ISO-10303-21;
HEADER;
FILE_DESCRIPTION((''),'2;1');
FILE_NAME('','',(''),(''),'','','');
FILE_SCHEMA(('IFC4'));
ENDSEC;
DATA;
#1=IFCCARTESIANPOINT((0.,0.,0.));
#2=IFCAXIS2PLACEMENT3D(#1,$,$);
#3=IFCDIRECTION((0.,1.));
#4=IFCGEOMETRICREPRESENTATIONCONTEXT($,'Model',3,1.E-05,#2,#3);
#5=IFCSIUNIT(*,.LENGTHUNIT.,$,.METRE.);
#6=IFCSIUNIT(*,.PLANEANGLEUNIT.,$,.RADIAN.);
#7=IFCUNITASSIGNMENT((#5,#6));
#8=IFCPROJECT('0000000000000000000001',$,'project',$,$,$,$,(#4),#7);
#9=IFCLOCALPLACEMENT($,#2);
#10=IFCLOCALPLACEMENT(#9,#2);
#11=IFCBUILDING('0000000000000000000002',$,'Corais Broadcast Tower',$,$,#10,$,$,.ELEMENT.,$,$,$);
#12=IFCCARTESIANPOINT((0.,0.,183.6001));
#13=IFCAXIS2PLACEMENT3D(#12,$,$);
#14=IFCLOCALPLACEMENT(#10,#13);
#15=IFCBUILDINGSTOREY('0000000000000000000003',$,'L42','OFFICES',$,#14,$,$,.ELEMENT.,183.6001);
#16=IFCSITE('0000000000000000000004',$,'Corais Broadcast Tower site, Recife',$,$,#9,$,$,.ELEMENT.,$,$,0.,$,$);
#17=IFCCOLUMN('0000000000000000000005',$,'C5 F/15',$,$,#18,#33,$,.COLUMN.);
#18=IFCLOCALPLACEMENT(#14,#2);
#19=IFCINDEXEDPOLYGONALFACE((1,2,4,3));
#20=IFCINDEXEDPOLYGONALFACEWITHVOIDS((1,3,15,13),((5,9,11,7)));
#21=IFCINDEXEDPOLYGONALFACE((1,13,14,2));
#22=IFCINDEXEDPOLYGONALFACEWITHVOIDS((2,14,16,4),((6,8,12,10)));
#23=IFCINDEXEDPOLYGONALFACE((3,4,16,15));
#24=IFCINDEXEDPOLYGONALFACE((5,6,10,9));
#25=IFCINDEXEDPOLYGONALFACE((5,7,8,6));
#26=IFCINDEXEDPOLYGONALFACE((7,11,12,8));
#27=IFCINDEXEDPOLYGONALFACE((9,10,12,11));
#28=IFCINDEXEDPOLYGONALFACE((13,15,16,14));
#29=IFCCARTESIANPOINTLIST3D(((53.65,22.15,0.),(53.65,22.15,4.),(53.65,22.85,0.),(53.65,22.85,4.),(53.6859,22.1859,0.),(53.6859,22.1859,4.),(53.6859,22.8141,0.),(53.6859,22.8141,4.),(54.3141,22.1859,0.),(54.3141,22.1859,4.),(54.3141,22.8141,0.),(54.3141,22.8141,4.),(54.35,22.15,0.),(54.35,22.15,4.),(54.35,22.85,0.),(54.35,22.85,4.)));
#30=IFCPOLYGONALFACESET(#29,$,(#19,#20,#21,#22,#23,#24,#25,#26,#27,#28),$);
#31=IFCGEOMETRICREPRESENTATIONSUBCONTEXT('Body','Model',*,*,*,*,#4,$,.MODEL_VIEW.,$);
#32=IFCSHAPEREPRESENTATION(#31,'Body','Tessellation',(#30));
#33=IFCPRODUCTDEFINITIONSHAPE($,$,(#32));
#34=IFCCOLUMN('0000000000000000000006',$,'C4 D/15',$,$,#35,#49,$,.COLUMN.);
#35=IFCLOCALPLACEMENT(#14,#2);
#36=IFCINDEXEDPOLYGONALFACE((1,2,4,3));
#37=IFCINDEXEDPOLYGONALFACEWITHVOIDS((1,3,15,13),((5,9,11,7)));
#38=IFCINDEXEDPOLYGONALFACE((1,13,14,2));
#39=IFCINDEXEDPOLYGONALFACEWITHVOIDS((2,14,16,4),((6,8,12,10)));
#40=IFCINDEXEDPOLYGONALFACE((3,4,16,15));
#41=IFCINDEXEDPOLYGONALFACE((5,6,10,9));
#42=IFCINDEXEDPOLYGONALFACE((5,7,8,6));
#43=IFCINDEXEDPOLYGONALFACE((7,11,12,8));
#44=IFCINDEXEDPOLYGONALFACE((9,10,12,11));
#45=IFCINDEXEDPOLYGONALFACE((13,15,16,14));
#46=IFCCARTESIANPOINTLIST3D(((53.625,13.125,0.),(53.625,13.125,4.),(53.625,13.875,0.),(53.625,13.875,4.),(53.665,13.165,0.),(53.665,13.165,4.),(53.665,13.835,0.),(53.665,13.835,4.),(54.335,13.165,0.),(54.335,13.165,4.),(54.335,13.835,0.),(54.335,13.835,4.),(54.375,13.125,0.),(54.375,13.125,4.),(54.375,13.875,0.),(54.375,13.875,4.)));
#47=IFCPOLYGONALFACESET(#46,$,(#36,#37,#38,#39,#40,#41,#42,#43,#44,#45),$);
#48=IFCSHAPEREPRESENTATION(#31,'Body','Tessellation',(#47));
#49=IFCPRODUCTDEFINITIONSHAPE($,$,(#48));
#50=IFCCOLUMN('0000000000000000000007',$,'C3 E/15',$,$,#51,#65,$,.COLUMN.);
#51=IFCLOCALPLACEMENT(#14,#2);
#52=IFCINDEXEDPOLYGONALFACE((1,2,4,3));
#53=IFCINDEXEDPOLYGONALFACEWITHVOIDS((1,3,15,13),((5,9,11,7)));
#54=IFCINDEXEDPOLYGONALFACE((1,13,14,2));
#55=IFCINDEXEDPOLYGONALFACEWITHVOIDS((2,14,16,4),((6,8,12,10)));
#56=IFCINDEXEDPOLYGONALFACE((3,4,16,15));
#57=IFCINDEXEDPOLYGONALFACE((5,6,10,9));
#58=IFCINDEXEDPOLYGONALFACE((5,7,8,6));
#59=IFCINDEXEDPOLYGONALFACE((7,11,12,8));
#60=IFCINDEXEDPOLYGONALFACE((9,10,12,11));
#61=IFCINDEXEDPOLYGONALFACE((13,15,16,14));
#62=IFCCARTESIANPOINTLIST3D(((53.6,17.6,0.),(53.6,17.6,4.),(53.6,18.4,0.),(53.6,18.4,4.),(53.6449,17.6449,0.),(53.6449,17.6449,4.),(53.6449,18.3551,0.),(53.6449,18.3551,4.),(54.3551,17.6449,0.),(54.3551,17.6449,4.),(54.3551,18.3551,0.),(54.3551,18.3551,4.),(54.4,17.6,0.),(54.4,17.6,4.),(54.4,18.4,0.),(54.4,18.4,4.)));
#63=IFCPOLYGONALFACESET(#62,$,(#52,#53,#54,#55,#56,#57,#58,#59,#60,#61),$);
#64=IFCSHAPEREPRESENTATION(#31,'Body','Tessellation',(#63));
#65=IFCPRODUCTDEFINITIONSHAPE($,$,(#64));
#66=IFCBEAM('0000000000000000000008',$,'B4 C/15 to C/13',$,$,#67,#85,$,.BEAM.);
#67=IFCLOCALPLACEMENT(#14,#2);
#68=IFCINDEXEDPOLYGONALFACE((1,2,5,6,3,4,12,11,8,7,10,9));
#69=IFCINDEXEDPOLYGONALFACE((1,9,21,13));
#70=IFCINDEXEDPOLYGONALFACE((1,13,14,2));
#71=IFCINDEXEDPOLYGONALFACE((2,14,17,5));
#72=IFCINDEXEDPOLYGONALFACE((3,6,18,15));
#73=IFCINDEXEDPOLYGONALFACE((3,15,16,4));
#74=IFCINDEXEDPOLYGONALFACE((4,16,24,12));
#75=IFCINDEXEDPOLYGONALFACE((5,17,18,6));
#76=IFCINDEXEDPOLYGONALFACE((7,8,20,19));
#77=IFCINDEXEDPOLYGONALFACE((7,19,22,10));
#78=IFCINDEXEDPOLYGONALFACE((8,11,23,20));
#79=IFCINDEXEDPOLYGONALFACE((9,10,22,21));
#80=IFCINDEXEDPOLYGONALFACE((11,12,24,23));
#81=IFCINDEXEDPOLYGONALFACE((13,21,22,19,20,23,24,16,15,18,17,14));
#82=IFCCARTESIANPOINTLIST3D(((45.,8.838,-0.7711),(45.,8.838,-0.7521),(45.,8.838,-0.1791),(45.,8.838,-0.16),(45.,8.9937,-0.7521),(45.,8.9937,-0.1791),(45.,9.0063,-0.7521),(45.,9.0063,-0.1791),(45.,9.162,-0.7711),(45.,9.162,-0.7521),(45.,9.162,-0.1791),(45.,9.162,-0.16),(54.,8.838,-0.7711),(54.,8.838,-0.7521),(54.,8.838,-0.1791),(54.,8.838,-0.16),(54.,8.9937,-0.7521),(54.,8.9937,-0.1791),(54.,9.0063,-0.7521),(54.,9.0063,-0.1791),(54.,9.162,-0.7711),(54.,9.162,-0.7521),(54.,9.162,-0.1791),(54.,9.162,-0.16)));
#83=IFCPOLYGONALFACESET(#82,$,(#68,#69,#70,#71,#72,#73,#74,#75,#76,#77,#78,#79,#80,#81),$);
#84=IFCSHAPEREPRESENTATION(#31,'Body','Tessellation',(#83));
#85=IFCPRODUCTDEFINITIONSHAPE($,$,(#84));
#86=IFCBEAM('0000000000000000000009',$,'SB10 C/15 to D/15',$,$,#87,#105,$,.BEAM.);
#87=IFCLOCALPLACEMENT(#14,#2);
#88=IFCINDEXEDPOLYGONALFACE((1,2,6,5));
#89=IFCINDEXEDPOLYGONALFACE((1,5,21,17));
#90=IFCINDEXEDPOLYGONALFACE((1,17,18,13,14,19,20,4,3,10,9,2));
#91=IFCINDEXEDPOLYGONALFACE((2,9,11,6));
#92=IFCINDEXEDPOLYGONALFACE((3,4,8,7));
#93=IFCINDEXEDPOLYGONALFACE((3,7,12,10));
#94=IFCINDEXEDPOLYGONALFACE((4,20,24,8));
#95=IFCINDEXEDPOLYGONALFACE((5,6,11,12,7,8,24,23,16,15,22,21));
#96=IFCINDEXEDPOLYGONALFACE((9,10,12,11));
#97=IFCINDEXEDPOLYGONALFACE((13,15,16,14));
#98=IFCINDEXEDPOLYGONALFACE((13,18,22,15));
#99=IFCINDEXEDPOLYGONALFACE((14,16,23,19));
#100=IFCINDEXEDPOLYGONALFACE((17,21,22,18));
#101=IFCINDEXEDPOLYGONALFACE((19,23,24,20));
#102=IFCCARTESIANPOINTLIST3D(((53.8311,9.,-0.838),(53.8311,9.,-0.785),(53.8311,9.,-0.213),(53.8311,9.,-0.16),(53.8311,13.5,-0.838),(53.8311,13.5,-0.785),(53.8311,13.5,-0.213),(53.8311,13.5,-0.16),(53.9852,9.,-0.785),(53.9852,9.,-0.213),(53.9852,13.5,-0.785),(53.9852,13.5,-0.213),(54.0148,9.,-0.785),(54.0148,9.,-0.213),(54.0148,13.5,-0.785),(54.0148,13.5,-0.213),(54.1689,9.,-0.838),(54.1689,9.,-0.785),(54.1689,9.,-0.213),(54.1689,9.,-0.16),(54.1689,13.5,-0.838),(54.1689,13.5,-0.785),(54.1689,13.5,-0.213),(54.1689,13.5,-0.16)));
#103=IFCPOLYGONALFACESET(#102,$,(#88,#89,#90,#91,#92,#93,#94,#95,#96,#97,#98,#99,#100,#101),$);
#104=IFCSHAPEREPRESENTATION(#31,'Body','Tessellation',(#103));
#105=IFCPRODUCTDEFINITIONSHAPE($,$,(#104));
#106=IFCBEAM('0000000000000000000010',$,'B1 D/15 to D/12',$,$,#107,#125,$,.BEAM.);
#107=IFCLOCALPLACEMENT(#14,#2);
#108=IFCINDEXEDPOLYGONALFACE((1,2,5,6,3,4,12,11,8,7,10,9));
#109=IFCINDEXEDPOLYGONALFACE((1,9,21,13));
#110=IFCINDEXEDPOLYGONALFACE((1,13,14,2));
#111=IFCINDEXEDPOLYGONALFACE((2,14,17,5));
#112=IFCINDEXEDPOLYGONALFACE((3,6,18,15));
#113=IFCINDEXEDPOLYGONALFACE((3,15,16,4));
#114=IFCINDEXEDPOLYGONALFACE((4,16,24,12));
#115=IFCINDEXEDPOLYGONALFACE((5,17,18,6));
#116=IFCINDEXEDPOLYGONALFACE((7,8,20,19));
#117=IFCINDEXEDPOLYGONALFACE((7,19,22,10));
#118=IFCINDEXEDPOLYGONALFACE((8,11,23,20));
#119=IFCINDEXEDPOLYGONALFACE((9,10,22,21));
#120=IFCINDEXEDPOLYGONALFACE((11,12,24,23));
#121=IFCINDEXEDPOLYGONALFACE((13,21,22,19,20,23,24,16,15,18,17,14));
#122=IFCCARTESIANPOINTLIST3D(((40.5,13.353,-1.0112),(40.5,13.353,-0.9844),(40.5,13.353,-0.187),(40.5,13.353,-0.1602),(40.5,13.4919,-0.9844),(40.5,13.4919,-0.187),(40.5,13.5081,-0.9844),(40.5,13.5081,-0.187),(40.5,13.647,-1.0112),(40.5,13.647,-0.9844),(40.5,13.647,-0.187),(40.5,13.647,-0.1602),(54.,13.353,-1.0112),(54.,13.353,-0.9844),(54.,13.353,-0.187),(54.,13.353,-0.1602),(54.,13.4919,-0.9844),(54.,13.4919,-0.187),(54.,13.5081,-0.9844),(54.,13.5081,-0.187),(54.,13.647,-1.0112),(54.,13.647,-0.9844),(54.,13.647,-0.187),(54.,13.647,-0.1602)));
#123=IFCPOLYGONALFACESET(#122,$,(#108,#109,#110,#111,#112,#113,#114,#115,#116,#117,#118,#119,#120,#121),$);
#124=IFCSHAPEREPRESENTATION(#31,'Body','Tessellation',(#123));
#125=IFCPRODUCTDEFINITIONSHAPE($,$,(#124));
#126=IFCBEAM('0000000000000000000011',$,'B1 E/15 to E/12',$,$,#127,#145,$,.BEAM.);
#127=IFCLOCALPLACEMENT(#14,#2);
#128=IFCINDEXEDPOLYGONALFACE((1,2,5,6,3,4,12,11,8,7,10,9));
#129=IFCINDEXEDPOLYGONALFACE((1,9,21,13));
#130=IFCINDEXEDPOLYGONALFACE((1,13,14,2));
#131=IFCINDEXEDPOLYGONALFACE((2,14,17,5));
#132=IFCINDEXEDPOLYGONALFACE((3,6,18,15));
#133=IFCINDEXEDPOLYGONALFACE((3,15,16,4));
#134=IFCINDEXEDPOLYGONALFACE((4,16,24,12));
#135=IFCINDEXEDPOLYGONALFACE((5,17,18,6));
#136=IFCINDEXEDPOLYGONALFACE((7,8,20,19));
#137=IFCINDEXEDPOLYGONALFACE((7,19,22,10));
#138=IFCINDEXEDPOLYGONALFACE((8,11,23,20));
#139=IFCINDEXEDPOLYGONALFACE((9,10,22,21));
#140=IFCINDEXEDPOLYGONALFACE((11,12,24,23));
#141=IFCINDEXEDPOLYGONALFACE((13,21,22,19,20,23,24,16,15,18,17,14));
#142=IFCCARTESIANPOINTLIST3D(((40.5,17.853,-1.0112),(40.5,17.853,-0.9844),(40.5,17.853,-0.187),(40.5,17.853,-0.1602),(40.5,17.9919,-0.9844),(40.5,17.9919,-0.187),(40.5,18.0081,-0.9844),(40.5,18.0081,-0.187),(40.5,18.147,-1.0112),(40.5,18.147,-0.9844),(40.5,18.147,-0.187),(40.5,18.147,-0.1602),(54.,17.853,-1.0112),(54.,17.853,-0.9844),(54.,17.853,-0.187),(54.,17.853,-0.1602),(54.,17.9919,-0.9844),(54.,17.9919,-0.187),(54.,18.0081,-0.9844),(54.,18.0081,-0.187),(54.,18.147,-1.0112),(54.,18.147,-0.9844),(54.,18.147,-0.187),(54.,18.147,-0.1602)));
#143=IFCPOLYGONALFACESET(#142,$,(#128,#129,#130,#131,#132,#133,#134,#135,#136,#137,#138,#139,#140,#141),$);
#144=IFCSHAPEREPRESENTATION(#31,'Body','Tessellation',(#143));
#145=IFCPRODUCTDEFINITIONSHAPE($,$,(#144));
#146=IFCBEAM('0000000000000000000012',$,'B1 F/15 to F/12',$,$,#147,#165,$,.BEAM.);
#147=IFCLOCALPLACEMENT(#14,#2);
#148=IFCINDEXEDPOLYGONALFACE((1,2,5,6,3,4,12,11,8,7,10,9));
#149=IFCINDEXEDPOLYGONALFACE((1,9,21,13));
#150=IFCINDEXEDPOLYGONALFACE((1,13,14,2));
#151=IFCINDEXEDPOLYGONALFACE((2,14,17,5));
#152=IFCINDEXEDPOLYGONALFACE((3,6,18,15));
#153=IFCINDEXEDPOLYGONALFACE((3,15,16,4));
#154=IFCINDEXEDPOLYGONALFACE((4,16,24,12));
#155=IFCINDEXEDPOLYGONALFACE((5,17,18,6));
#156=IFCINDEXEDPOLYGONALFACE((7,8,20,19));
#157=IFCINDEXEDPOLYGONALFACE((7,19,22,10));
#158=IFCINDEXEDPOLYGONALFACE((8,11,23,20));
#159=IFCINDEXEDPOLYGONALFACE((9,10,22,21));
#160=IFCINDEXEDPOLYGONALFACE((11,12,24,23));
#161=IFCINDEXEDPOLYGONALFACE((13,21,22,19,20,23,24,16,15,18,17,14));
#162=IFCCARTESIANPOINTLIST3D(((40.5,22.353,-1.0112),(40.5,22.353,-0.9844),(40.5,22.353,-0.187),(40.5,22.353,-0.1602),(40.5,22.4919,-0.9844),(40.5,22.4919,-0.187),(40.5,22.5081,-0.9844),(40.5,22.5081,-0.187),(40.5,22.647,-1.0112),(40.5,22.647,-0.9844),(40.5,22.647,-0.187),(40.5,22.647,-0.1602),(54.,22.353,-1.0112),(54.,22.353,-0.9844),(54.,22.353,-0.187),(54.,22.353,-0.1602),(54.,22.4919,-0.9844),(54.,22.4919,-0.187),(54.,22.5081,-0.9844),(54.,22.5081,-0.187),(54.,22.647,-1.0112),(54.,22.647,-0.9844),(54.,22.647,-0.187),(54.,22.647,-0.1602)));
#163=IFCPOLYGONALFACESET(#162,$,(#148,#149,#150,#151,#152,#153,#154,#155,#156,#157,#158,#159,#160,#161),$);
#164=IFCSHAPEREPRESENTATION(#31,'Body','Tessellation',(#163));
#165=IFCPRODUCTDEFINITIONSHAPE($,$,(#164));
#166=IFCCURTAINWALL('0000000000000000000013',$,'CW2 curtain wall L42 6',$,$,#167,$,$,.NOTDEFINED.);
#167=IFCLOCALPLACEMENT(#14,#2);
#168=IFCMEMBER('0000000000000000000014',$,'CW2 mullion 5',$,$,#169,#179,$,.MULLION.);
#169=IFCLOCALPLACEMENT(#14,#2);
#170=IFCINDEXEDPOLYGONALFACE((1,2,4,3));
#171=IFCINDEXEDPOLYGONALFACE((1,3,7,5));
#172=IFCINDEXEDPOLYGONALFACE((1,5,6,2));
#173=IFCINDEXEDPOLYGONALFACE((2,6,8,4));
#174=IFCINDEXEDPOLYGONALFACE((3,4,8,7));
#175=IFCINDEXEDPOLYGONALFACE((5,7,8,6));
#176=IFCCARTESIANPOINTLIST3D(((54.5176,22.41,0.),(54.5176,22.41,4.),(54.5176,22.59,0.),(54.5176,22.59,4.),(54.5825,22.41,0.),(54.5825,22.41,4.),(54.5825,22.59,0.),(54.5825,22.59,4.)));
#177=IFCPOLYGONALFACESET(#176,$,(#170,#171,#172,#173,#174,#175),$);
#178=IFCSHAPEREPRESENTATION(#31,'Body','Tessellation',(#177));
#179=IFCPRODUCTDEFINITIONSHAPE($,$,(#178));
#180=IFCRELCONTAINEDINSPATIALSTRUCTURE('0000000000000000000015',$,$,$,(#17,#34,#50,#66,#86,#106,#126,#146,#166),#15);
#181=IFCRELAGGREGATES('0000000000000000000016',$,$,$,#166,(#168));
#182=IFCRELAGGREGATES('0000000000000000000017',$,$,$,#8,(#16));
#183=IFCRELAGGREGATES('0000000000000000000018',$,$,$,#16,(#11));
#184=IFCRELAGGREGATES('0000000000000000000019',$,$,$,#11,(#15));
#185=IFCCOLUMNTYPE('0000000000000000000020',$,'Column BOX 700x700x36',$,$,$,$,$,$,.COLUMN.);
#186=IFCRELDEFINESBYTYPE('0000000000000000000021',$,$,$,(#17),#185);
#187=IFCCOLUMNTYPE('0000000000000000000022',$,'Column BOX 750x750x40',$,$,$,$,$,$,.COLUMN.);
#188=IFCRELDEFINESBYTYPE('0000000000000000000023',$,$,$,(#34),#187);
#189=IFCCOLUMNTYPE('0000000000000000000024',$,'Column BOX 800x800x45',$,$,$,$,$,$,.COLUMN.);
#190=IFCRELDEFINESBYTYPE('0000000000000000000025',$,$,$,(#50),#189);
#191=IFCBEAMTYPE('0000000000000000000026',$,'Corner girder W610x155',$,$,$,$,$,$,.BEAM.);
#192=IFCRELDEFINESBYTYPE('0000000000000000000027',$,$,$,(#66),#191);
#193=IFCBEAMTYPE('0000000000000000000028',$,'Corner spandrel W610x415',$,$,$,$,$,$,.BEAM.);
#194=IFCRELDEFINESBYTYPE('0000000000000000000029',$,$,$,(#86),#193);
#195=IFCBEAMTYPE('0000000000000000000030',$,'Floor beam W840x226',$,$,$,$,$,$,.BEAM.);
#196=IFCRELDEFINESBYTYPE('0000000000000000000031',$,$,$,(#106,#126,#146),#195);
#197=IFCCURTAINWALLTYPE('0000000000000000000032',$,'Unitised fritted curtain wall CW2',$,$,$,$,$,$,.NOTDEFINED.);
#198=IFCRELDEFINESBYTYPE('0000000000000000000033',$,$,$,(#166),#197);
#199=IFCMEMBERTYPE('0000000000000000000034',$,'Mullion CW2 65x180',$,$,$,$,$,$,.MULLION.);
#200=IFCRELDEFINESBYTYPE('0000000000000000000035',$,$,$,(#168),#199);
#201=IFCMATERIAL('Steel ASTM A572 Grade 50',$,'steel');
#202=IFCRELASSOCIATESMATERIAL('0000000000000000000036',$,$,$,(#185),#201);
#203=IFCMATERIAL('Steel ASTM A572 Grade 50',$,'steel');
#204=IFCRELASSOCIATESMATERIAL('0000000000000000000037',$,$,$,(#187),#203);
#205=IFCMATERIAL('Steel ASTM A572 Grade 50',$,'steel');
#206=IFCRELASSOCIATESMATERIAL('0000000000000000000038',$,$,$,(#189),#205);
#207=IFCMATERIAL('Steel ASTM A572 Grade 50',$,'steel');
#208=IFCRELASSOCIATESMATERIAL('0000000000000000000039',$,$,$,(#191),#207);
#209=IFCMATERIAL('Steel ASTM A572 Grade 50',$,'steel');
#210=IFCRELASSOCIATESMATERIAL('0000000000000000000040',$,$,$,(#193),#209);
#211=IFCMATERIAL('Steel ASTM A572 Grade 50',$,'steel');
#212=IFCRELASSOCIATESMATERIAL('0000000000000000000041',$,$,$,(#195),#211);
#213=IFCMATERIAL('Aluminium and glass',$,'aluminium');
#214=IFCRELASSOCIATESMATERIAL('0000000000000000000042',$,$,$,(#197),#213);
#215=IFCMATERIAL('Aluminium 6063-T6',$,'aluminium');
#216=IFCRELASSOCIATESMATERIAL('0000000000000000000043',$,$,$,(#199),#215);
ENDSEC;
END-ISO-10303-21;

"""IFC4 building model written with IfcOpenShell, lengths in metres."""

from ifc_helpers import new_model, si_unit, direction, frame, origin, origin_2d, place, context, subcontext, project, spatial, rectangle, hollow_rectangle, i_section, extrude, material, material_profile, profile_set, type_object, element, aggregate, save


model = new_model("IFC4")

# Units and contexts
model_context = context("Model", 3, precision=1e-05, world=origin(), true_north=direction((0.0, 1.0)))
body_context = subcontext(model_context, "Body", "Model", "MODEL_VIEW")
ifc_project = project(units=[si_unit("LENGTHUNIT", "METRE"), si_unit("PLANEANGLEUNIT", "RADIAN")], contexts=[model_context])

# Site, building, storey
site_placement = place(None, origin())
site = spatial("IfcSite", under=ifc_project, at=site_placement, Name="Corais Broadcast Tower site, Recife", CompositionType="ELEMENT", RefElevation=0.0)
building_placement = place(site_placement, origin())
building = spatial("IfcBuilding", under=site, at=building_placement, Name="Corais Broadcast Tower", CompositionType="ELEMENT")
storey_placement = place(building_placement, frame((0.0, 0.0, 183.6001)))
storey = spatial("IfcBuildingStorey", under=building, at=storey_placement, Name="L42", Description="OFFICES", CompositionType="ELEMENT", Elevation=183.6001)

# Columns
ifc_material_1 = material(Name="Steel ASTM A572 Grade 50", Category="steel")
ifc_material_profile_1 = material_profile(ifc_material_1, hollow_rectangle(XDim=0.7, YDim=0.7, WallThickness=0.0359, at=origin_2d()), Name="BOX 700x700x36")
ifc_profile_set_1 = profile_set([ifc_material_profile_1], Name="Steel ASTM A572 Grade 50")
column_type_1 = type_object("IfcColumnType", Name="Column BOX 700x700x36", PredefinedType="COLUMN", material=ifc_profile_set_1)
column_1_placement = place(storey_placement, frame((54.0, 22.5, 0.0), z_axis=(0.0, 0.0, 1.0), x_axis=(1.0, 0.0, 0.0)))
element("IfcColumn", 1, at=column_1_placement, inside=storey, type_object=column_type_1, Name="C5 F/15", PredefinedType="COLUMN", context=body_context, shape_type="SweptSolid", body=[
    extrude(hollow_rectangle(XDim=0.7, YDim=0.7, WallThickness=0.0359, at=origin_2d()), origin(), (0.0, 0.0, 1.0), 4.0),
])
ifc_material_2 = material(Name="Steel ASTM A572 Grade 50", Category="steel")
ifc_material_profile_2 = material_profile(ifc_material_2, hollow_rectangle(XDim=0.75, YDim=0.75, WallThickness=0.04, at=origin_2d()), Name="BOX 750x750x40")
ifc_profile_set_2 = profile_set([ifc_material_profile_2], Name="Steel ASTM A572 Grade 50")
column_type_2 = type_object("IfcColumnType", Name="Column BOX 750x750x40", PredefinedType="COLUMN", material=ifc_profile_set_2)
column_2_placement = place(storey_placement, frame((54.0, 13.5, 0.0), z_axis=(0.0, 0.0, 1.0), x_axis=(1.0, 0.0, 0.0)))
element("IfcColumn", 2, at=column_2_placement, inside=storey, type_object=column_type_2, Name="C4 D/15", PredefinedType="COLUMN", context=body_context, shape_type="SweptSolid", body=[
    extrude(hollow_rectangle(XDim=0.75, YDim=0.75, WallThickness=0.04, at=origin_2d()), origin(), (0.0, 0.0, 1.0), 4.0),
])
ifc_material_3 = material(Name="Steel ASTM A572 Grade 50", Category="steel")
ifc_material_profile_3 = material_profile(ifc_material_3, hollow_rectangle(XDim=0.8, YDim=0.8, WallThickness=0.0449, at=origin_2d()), Name="BOX 800x800x45")
ifc_profile_set_3 = profile_set([ifc_material_profile_3], Name="Steel ASTM A572 Grade 50")
column_type_3 = type_object("IfcColumnType", Name="Column BOX 800x800x45", PredefinedType="COLUMN", material=ifc_profile_set_3)
column_3_placement = place(storey_placement, frame((54.0, 18.0, 0.0), z_axis=(0.0, 0.0, 1.0), x_axis=(1.0, 0.0, 0.0)))
element("IfcColumn", 3, at=column_3_placement, inside=storey, type_object=column_type_3, Name="C3 E/15", PredefinedType="COLUMN", context=body_context, shape_type="SweptSolid", body=[
    extrude(hollow_rectangle(XDim=0.8, YDim=0.8, WallThickness=0.0449, at=origin_2d()), origin(), (0.0, 0.0, 1.0), 4.0),
])

# Beams
ifc_material_4 = material(Name="Steel ASTM A572 Grade 50", Category="steel")
ifc_material_profile_4 = material_profile(ifc_material_4, i_section(OverallWidth=0.324, OverallDepth=0.6111, WebThickness=0.0127, FlangeThickness=0.019, at=origin_2d()), Name="W610x155")
ifc_profile_set_4 = profile_set([ifc_material_profile_4], Name="Steel ASTM A572 Grade 50")
beam_type_1 = type_object("IfcBeamType", Name="Corner girder W610x155", PredefinedType="BEAM", material=ifc_profile_set_4)
beam_1_placement = place(storey_placement, frame((54.0, 9.0, -0.4656), z_axis=(-1.0, 0.0, 0.0), x_axis=(0.0, -1.0, 0.0)))
element("IfcBeam", 4, at=beam_1_placement, inside=storey, type_object=beam_type_1, Name="B4 C/15 to C/13", PredefinedType="BEAM", context=body_context, shape_type="SweptSolid", body=[
    extrude(i_section(OverallWidth=0.324, OverallDepth=0.6111, WebThickness=0.0127, FlangeThickness=0.019, at=origin_2d()), origin(), (0.0, 0.0, 1.0), 9.0),
])
ifc_material_5 = material(Name="Steel ASTM A572 Grade 50", Category="steel")
ifc_material_profile_5 = material_profile(ifc_material_5, i_section(OverallWidth=0.3379, OverallDepth=0.678, WebThickness=0.0295, FlangeThickness=0.053, at=origin_2d()), Name="W610x415")
ifc_profile_set_5 = profile_set([ifc_material_profile_5], Name="Steel ASTM A572 Grade 50")
beam_type_2 = type_object("IfcBeamType", Name="Corner spandrel W610x415", PredefinedType="BEAM", material=ifc_profile_set_5)
beam_2_placement = place(storey_placement, frame((54.0, 9.0, -0.499), z_axis=(0.0, 1.0, 0.0), x_axis=(-1.0, 0.0, 0.0)))
element("IfcBeam", 5, at=beam_2_placement, inside=storey, type_object=beam_type_2, Name="SB10 C/15 to D/15", PredefinedType="BEAM", context=body_context, shape_type="SweptSolid", body=[
    extrude(i_section(OverallWidth=0.3379, OverallDepth=0.678, WebThickness=0.0295, FlangeThickness=0.053, at=origin_2d()), origin(), (0.0, 0.0, 1.0), 4.5),
])
ifc_material_6 = material(Name="Steel ASTM A572 Grade 50", Category="steel")
ifc_material_profile_6 = material_profile(ifc_material_6, i_section(OverallWidth=0.2939, OverallDepth=0.8511, WebThickness=0.0161, FlangeThickness=0.0269, at=origin_2d()), Name="W840x226")
ifc_profile_set_6 = profile_set([ifc_material_profile_6], Name="Steel ASTM A572 Grade 50")
beam_type_3 = type_object("IfcBeamType", Name="Floor beam W840x226", PredefinedType="BEAM", material=ifc_profile_set_6)
for number, where, z_axis, x_axis, name in (
    (6, (54.0, 13.5, -0.5857), (-1.0, 0.0, 0.0), (0.0, -1.0, 0.0), "B1 D/15 to D/12"),
    (7, (54.0, 18.0, -0.5857), (-1.0, 0.0, 0.0), (0.0, -1.0, 0.0), "B1 E/15 to E/12"),
    (8, (54.0, 22.5, -0.5857), (-1.0, 0.0, 0.0), (0.0, -1.0, 0.0), "B1 F/15 to F/12"),
):
    element("IfcBeam", number, at=place(storey_placement, frame(where, z_axis=z_axis, x_axis=x_axis)), inside=storey, type_object=beam_type_3, Name=name, PredefinedType="BEAM", context=body_context, shape_type="SweptSolid", body=[
        extrude(i_section(OverallWidth=0.2939, OverallDepth=0.8511, WebThickness=0.0161, FlangeThickness=0.0269, at=origin_2d()), origin(), (0.0, 0.0, 1.0), 13.5),
    ])

# Curtain wall, member
ifc_material_7 = material(Name="Aluminium and glass", Category="aluminium")
curtain_wall_type = type_object("IfcCurtainWallType", Name="Unitised fritted curtain wall CW2", PredefinedType="NOTDEFINED", material=ifc_material_7)
curtain_wall_placement = place(storey_placement, origin())
curtain_wall = element("IfcCurtainWall", 9, at=curtain_wall_placement, inside=storey, type_object=curtain_wall_type, Name="CW2 curtain wall L42 6", PredefinedType="NOTDEFINED")
ifc_material_8 = material(Name="Aluminium 6063-T6", Category="aluminium")
ifc_material_profile_7 = material_profile(ifc_material_8, rectangle(XDim=0.0649, YDim=0.1799, at=origin_2d()), Name="Mullion CW2 65x180")
ifc_profile_set_7 = profile_set([ifc_material_profile_7], Name="Aluminium 6063-T6")
member_type_1 = type_object("IfcMemberType", Name="Mullion CW2 65x180", PredefinedType="MULLION", material=ifc_profile_set_7)
member_1_placement = place(storey_placement, frame((54.55, 22.5, 0.0), z_axis=(0.0, 0.0, 1.0), x_axis=(1.0, 0.0, 0.0)))
member_1 = element("IfcMember", 10, at=member_1_placement, type_object=member_type_1, Name="CW2 mullion 5", PredefinedType="MULLION", context=body_context, shape_type="SweptSolid", body=[
    extrude(rectangle(XDim=0.0649, YDim=0.1799, at=origin_2d()), origin(), (0.0, 0.0, 1.0), 4.0),
])

aggregate(curtain_wall, [member_1])

save(model, "model.ifc")
